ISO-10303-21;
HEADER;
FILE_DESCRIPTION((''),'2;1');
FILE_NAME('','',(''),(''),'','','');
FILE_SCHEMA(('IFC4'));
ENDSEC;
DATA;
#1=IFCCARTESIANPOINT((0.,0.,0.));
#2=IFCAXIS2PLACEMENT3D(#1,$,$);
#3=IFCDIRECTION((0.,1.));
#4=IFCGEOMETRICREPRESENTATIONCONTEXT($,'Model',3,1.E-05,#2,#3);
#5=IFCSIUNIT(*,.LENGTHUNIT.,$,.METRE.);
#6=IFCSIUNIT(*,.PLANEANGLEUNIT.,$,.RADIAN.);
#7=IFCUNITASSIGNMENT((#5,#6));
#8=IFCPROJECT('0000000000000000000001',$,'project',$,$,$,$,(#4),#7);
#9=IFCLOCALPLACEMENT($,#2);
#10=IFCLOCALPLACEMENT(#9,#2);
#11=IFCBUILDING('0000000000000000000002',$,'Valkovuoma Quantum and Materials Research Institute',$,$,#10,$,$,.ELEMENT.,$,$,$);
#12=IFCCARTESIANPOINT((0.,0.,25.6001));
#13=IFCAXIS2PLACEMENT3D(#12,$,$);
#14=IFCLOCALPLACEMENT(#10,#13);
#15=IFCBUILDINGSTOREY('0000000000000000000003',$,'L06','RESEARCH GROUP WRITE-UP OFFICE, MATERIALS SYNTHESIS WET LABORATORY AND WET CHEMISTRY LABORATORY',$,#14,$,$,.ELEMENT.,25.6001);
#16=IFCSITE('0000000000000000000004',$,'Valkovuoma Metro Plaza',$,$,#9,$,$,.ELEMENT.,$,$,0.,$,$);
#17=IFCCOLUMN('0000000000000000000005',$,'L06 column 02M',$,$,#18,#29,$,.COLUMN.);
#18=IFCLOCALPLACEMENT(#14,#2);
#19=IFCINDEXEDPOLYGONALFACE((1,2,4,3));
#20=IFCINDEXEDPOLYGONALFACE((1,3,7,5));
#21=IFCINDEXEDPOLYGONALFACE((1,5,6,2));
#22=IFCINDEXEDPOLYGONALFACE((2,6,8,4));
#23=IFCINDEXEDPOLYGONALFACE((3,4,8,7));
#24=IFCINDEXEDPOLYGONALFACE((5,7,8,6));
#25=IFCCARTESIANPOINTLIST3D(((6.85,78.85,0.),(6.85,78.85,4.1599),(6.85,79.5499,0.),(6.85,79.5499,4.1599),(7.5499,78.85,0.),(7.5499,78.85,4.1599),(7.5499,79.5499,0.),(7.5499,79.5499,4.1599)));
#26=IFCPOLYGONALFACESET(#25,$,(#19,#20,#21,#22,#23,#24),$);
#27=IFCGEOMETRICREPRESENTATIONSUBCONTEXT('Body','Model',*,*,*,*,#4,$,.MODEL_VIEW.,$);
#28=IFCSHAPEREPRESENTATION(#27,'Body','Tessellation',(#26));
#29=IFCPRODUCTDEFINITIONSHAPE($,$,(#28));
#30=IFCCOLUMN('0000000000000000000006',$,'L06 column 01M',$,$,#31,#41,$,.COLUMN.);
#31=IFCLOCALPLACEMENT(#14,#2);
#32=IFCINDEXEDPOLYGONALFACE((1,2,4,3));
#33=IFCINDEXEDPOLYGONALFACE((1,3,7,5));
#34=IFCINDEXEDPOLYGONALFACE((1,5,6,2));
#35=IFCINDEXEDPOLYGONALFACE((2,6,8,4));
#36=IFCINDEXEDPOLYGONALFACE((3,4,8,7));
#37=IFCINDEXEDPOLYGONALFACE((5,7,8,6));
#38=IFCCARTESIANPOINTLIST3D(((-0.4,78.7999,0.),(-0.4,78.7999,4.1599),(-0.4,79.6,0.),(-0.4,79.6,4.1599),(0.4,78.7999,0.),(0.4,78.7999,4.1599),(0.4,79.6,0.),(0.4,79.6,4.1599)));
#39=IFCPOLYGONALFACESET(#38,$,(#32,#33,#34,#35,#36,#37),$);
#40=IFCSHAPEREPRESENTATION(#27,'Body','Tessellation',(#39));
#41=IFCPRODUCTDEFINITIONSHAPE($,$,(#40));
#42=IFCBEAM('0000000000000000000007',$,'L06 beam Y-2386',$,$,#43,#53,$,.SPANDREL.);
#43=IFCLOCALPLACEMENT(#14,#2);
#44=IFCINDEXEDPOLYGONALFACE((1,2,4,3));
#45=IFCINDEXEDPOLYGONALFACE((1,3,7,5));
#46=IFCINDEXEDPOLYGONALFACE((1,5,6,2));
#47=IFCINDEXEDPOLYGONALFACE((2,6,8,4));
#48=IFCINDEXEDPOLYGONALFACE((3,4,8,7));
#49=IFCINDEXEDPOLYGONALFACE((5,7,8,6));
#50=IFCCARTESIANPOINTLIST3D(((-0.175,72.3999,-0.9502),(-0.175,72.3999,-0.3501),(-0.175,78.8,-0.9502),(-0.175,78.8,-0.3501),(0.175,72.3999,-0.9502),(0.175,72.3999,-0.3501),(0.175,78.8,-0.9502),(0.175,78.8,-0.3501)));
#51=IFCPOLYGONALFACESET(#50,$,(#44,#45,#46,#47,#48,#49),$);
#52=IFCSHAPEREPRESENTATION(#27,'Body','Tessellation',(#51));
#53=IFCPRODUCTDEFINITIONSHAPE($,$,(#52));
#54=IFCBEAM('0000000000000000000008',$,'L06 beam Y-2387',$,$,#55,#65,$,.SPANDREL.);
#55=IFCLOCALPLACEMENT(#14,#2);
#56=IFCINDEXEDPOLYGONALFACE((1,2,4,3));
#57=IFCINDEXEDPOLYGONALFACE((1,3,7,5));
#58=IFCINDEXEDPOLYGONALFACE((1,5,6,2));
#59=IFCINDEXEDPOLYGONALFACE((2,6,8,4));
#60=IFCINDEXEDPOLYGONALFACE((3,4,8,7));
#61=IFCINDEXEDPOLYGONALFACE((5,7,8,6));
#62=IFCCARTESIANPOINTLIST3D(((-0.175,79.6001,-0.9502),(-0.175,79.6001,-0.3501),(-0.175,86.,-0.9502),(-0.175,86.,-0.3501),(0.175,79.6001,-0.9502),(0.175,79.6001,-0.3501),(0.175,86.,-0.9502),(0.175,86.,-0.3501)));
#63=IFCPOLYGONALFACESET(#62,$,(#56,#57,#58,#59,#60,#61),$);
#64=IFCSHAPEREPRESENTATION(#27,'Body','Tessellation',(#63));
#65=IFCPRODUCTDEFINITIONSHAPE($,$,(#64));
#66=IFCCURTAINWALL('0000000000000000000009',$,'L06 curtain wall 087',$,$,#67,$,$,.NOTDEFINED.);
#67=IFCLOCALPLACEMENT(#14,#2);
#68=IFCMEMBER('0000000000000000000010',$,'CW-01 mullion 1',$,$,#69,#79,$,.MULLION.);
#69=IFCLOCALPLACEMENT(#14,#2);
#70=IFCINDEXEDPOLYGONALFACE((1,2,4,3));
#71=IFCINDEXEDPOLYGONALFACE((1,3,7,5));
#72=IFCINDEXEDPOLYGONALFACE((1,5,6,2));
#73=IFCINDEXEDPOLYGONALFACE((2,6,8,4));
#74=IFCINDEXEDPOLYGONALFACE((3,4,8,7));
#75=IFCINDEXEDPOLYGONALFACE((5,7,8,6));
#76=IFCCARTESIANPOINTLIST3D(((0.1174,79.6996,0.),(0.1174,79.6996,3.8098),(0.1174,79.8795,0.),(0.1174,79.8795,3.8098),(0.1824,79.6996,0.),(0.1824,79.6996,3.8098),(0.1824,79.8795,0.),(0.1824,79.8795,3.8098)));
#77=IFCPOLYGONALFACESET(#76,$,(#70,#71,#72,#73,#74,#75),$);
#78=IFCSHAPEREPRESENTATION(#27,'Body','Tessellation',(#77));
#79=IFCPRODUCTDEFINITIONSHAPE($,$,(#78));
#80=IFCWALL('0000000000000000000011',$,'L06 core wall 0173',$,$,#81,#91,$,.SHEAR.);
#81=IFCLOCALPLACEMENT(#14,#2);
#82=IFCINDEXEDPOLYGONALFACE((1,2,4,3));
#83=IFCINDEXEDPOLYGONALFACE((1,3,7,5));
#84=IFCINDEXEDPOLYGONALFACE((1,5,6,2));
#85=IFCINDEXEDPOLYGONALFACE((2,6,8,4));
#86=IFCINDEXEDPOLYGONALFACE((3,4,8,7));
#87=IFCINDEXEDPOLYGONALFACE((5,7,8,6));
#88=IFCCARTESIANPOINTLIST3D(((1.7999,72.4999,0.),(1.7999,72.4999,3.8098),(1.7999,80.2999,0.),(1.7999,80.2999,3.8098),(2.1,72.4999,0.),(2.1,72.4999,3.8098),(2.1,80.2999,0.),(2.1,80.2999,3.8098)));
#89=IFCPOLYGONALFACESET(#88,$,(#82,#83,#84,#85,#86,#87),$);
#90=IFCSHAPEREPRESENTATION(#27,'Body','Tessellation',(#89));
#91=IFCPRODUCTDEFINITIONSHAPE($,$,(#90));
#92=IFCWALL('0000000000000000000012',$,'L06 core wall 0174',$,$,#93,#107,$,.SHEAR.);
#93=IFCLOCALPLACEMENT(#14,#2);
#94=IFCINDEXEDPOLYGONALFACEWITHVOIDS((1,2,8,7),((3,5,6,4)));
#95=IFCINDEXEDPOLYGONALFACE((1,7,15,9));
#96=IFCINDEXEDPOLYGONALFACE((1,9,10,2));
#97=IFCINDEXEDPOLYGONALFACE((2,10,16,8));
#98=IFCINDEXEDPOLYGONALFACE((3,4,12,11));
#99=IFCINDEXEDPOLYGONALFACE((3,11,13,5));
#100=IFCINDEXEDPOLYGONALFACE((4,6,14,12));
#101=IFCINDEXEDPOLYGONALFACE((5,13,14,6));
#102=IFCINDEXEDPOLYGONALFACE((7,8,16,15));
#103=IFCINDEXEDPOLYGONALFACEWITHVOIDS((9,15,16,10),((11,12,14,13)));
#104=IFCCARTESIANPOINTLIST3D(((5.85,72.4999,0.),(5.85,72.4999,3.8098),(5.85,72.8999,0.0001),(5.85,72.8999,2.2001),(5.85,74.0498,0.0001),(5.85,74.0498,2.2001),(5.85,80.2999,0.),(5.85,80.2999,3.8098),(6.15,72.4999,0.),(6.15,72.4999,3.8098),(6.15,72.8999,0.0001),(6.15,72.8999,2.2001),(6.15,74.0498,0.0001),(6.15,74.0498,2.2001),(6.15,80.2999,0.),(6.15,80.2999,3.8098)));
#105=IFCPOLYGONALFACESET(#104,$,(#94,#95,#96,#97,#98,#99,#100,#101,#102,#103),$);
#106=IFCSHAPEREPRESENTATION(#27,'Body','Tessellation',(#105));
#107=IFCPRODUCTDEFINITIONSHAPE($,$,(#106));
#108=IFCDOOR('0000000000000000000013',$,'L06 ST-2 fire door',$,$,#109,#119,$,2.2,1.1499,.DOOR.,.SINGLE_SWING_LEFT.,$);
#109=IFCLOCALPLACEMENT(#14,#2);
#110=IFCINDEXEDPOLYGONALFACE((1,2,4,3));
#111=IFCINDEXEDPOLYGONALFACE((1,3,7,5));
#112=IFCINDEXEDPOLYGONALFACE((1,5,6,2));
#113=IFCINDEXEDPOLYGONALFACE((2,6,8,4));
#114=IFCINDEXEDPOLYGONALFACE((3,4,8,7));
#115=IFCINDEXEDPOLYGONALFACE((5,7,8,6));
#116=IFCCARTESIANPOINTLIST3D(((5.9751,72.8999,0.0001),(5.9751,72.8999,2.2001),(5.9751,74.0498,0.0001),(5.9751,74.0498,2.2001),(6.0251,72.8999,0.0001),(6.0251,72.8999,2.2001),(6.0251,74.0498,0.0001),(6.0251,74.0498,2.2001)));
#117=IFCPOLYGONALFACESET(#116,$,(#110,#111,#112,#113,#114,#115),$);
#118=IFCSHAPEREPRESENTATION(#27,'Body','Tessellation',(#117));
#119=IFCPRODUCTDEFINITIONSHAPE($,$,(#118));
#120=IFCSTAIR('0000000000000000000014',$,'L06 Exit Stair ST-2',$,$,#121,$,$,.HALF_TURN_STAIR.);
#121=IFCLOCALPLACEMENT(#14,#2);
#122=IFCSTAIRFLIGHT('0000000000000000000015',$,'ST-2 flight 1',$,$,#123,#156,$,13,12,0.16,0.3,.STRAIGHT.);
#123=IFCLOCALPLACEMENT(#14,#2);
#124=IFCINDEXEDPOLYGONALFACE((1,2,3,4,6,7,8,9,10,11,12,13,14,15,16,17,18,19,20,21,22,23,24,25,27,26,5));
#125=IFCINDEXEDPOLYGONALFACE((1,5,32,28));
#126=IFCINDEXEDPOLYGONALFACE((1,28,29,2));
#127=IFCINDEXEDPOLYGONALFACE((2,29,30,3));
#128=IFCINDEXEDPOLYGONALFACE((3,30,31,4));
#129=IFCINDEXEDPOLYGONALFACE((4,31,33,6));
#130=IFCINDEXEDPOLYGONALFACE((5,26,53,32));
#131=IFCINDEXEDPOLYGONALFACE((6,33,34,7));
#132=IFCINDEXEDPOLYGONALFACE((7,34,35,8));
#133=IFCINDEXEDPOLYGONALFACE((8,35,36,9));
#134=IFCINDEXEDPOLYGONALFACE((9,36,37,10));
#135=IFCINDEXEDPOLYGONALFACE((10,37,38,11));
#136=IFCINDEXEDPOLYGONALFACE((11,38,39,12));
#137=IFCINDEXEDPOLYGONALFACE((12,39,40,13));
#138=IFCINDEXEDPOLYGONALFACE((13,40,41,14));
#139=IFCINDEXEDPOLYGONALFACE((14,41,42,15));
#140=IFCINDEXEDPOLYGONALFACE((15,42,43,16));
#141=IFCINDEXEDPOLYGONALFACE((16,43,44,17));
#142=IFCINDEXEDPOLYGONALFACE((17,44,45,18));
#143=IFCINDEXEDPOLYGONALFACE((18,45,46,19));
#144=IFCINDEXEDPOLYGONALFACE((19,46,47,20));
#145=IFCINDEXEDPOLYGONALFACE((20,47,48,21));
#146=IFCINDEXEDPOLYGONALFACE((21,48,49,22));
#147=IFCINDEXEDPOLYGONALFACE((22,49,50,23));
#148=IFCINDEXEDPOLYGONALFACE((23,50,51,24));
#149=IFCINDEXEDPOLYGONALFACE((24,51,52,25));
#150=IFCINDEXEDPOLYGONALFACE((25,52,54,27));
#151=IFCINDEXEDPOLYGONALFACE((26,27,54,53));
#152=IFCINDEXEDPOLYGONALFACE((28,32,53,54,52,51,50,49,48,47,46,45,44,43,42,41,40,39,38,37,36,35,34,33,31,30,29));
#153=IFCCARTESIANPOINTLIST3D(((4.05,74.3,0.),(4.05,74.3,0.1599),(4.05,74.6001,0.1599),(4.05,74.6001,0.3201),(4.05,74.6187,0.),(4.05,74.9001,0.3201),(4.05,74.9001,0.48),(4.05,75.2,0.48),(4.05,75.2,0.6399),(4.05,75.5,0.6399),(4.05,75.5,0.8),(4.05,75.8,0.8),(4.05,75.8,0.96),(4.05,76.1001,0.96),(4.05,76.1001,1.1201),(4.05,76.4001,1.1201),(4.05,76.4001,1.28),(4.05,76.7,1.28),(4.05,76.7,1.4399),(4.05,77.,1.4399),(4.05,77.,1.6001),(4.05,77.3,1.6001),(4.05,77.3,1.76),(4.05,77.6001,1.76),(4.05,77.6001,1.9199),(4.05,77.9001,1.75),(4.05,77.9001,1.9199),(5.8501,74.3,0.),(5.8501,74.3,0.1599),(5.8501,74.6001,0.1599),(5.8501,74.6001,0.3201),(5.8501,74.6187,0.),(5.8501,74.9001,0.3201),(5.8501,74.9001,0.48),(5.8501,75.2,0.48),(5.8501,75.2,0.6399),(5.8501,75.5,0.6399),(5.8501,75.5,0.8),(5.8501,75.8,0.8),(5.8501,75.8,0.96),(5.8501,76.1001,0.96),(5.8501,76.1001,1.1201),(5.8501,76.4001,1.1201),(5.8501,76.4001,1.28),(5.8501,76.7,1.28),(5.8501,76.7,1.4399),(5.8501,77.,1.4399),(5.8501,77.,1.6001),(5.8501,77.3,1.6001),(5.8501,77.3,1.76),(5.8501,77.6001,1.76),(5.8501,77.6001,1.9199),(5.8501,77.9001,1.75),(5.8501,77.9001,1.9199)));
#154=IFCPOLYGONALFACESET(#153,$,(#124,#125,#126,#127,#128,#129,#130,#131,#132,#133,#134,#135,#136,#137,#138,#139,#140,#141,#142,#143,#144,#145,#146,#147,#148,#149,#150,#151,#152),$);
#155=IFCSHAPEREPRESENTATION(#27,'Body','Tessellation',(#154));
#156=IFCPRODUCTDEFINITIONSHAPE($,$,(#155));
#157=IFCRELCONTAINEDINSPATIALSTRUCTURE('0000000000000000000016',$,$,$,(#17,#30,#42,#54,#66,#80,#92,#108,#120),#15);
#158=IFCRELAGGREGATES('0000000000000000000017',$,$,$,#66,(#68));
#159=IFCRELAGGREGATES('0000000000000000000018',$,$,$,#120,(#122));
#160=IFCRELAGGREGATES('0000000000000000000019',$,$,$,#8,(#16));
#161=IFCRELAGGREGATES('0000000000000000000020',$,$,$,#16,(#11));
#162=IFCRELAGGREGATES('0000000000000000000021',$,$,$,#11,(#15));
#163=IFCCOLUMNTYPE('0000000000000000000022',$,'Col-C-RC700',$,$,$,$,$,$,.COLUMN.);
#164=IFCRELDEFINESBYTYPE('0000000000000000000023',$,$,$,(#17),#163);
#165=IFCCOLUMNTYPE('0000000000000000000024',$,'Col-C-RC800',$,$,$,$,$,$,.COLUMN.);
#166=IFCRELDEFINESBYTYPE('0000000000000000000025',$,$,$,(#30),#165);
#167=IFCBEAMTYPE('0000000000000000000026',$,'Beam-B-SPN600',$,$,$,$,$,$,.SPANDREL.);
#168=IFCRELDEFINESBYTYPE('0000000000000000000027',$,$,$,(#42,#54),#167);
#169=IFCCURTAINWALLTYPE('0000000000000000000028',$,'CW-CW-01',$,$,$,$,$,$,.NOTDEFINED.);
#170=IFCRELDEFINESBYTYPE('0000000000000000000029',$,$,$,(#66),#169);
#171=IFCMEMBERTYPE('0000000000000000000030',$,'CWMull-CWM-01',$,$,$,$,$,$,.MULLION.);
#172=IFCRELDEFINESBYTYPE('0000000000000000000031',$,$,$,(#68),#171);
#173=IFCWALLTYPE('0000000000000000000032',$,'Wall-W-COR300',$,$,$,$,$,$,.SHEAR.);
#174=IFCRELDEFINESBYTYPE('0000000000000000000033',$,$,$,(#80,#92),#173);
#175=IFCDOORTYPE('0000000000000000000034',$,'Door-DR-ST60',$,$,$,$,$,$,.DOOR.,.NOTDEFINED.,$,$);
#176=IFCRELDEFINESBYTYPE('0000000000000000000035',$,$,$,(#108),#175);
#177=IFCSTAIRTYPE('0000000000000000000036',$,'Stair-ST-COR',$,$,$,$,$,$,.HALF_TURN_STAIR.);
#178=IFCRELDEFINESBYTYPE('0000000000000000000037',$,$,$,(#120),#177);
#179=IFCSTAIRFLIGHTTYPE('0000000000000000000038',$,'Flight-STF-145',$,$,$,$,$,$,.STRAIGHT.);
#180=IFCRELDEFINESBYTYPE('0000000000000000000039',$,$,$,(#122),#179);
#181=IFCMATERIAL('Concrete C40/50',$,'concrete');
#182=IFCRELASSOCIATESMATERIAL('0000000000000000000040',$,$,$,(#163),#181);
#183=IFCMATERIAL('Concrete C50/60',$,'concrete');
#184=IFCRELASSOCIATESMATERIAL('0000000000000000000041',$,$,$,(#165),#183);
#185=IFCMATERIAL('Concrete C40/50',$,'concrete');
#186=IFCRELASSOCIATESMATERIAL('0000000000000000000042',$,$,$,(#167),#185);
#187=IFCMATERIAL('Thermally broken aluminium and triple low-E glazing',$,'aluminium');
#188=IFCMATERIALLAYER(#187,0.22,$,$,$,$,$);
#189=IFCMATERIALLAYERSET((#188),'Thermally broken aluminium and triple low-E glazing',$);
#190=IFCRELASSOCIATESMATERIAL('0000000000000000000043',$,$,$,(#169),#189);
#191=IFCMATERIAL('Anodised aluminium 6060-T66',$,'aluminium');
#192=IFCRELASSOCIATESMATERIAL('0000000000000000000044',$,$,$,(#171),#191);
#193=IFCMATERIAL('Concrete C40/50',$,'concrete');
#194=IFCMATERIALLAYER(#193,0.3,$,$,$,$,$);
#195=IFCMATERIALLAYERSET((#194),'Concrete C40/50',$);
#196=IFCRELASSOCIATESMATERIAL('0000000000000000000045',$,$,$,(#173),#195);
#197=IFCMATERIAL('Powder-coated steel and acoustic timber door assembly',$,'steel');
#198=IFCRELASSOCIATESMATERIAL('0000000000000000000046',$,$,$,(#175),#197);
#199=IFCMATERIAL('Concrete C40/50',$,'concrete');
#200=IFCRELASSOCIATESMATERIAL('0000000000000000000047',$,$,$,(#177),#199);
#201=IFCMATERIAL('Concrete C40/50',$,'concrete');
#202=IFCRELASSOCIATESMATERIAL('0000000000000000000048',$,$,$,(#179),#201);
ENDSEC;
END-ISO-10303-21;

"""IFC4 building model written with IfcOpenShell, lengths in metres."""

from ifc_helpers import new_model, si_unit, direction, frame, frame_2d, origin, origin_2d, place, context, subcontext, project, spatial, polyline, rectangle, outline, extrude, material, layer, layer_set, material_profile, profile_set, type_object, element, fill, aggregate, save


model = new_model("IFC4")

# Units and contexts
model_context = context("Model", 3, precision=1e-05, world=origin(), true_north=direction((0.0, 1.0)))
body_context = subcontext(model_context, "Body", "Model", "MODEL_VIEW")
ifc_project = project(units=[si_unit("LENGTHUNIT", "METRE"), si_unit("PLANEANGLEUNIT", "RADIAN")], contexts=[model_context])

# Site, building, storey
site_placement = place(None, origin())
site = spatial("IfcSite", under=ifc_project, at=site_placement, Name="Valkovuoma Metro Plaza", CompositionType="ELEMENT", RefElevation=0.0)
building_placement = place(site_placement, origin())
building = spatial("IfcBuilding", under=site, at=building_placement, Name="Valkovuoma Quantum and Materials Research Institute", CompositionType="ELEMENT")
storey_placement = place(building_placement, frame((0.0, 0.0, 25.6001)))
storey = spatial("IfcBuildingStorey", under=building, at=storey_placement, Name="L06", Description="RESEARCH GROUP WRITE-UP OFFICE, MATERIALS SYNTHESIS WET LABORATORY AND WET CHEMISTRY LABORATORY", CompositionType="ELEMENT", Elevation=25.6001)

# Columns
ifc_material_1 = material(Name="Concrete C40/50", Category="concrete")
ifc_material_profile_1 = material_profile(ifc_material_1, rectangle(XDim=0.7, YDim=0.7, at=origin_2d()), Name="Concrete C40/50")
ifc_profile_set_1 = profile_set([ifc_material_profile_1], Name="Concrete C40/50")
column_type_1 = type_object("IfcColumnType", Name="Col-C-RC700", PredefinedType="COLUMN", material=ifc_profile_set_1)
column_1_placement = place(storey_placement, frame((7.2, 79.2, 0.0), z_axis=(0.0, 0.0, 1.0), x_axis=(1.0, 0.0, 0.0)))
element("IfcColumn", 1, at=column_1_placement, inside=storey, type_object=column_type_1, Name="L06 column 02M", PredefinedType="COLUMN", context=body_context, shape_type="SweptSolid", body=[
    extrude(rectangle(XDim=0.7, YDim=0.7, at=origin_2d()), origin(), (0.0, 0.0, 1.0), 4.1599),
])
ifc_material_2 = material(Name="Concrete C50/60", Category="concrete")
ifc_material_profile_2 = material_profile(ifc_material_2, rectangle(XDim=0.8, YDim=0.8, at=origin_2d()), Name="Concrete C50/60")
ifc_profile_set_2 = profile_set([ifc_material_profile_2], Name="Concrete C50/60")
column_type_2 = type_object("IfcColumnType", Name="Col-C-RC800", PredefinedType="COLUMN", material=ifc_profile_set_2)
column_2_placement = place(storey_placement, frame((0.0, 79.2, 0.0), z_axis=(0.0, 0.0, 1.0), x_axis=(1.0, 0.0, 0.0)))
element("IfcColumn", 2, at=column_2_placement, inside=storey, type_object=column_type_2, Name="L06 column 01M", PredefinedType="COLUMN", context=body_context, shape_type="SweptSolid", body=[
    extrude(rectangle(XDim=0.8, YDim=0.8, at=origin_2d()), origin(), (0.0, 0.0, 1.0), 4.1599),
])

# Beams
ifc_material_3 = material(Name="Concrete C40/50", Category="concrete")
ifc_material_profile_3 = material_profile(ifc_material_3, rectangle(XDim=0.3501, YDim=0.6001, at=origin_2d()), Name="Concrete C40/50")
ifc_profile_set_3 = profile_set([ifc_material_profile_3], Name="Concrete C40/50")
beam_type = type_object("IfcBeamType", Name="Beam-B-SPN600", PredefinedType="SPANDREL", material=ifc_profile_set_3)
beam_1_placement = place(storey_placement, frame((0.0, 72.3999, -0.6501), z_axis=(0.0, 1.0, 0.0), x_axis=(-1.0, 0.0, 0.0)))
element("IfcBeam", 3, at=beam_1_placement, inside=storey, type_object=beam_type, Name="L06 beam Y-2386", PredefinedType="SPANDREL", context=body_context, shape_type="SweptSolid", body=[
    extrude(rectangle(XDim=0.3501, YDim=0.6001, at=origin_2d()), origin(), (0.0, 0.0, 1.0), 6.4001),
])
beam_2_placement = place(storey_placement, frame((0.0, 79.6001, -0.6501), z_axis=(0.0, 1.0, 0.0), x_axis=(-1.0, 0.0, 0.0)))
element("IfcBeam", 4, at=beam_2_placement, inside=storey, type_object=beam_type, Name="L06 beam Y-2387", PredefinedType="SPANDREL", context=body_context, shape_type="SweptSolid", body=[
    extrude(rectangle(XDim=0.3501, YDim=0.6001, at=origin_2d()), origin(), (0.0, 0.0, 1.0), 6.3999),
])

# Curtain wall, member
ifc_material_4 = material(Name="Thermally broken aluminium and triple low-E glazing", Category="aluminium")
ifc_layer_1 = layer(ifc_material_4, 0.22)
ifc_layer_set_1 = layer_set([ifc_layer_1], Name="Thermally broken aluminium and triple low-E glazing")
curtain_wall_type = type_object("IfcCurtainWallType", Name="CW-CW-01", PredefinedType="NOTDEFINED", material=ifc_layer_set_1)
curtain_wall_placement = place(storey_placement, origin())
curtain_wall = element("IfcCurtainWall", 5, at=curtain_wall_placement, inside=storey, type_object=curtain_wall_type, Name="L06 curtain wall 087", PredefinedType="NOTDEFINED")
ifc_material_5 = material(Name="Anodised aluminium 6060-T66", Category="aluminium")
ifc_material_profile_4 = material_profile(ifc_material_5, rectangle(XDim=0.0649, YDim=0.1799, at=origin_2d()), Name="Anodised aluminium 6060-T66")
ifc_profile_set_4 = profile_set([ifc_material_profile_4], Name="Anodised aluminium 6060-T66")
member_type = type_object("IfcMemberType", Name="CWMull-CWM-01", PredefinedType="MULLION", material=ifc_profile_set_4)
member_placement = place(storey_placement, frame((0.1499, 79.7896, 0.0), z_axis=(0.0, 0.0, 1.0), x_axis=(-1.0, 0.0, 0.0)))
member = element("IfcMember", 6, at=member_placement, type_object=member_type, Name="CW-01 mullion 1", PredefinedType="MULLION", context=body_context, shape_type="SweptSolid", body=[
    extrude(rectangle(XDim=0.0649, YDim=0.1799, at=origin_2d()), origin(), (0.0, 0.0, 1.0), 3.8098),
])
aggregate(curtain_wall, [member])

# Wall
ifc_material_6 = material(Name="Concrete C40/50", Category="concrete")
ifc_layer_2 = layer(ifc_material_6, 0.3)
ifc_layer_set_2 = layer_set([ifc_layer_2], Name="Concrete C40/50")
wall_type = type_object("IfcWallType", Name="Wall-W-COR300", PredefinedType="SHEAR", material=ifc_layer_set_2)
wall_1_placement = place(storey_placement, frame((1.95, 72.5, 0.0), z_axis=(0.0, 0.0, 1.0), x_axis=(0.0, 1.0, 0.0)))
element("IfcWall", 7, at=wall_1_placement, inside=storey, type_object=wall_type, Name="L06 core wall 0173", PredefinedType="SHEAR", context=body_context, shape_type="SweptSolid", body=[
    extrude(rectangle(XDim=7.8, YDim=0.3, at=frame_2d((3.8999, 0.0))), origin(), (0.0, 0.0, 1.0), 3.8098),
])

# Wall, opening, door
wall_2_placement = place(storey_placement, frame((6.0, 72.5, 0.0), z_axis=(0.0, 0.0, 1.0), x_axis=(0.0, 1.0, 0.0)))
wall_2 = element("IfcWall", 8, at=wall_2_placement, inside=storey, type_object=wall_type, Name="L06 core wall 0174", PredefinedType="SHEAR", context=body_context, shape_type="SweptSolid", body=[
    extrude(rectangle(XDim=7.8, YDim=0.3, at=frame_2d((3.8999, 0.0))), origin(), (0.0, 0.0, 1.0), 3.8098),
])
opening_placement = place(wall_2_placement, frame((0.3999, 0.0, 0.0)))
opening = element("IfcOpeningElement", 9, at=opening_placement, cuts=wall_2, PredefinedType="OPENING", context=body_context, shape_type="SweptSolid", body=[
    extrude(rectangle(XDim=1.1499, YDim=2.2, at=frame_2d((0.575, 1.1001))), frame((0.0, 0.1602, 0.0), z_axis=(0.0, -1.0, 0.0), x_axis=(1.0, 0.0, 0.0)), (0.0, 0.0, 1.0), 0.3201),
])
ifc_material_7 = material(Name="Powder-coated steel and acoustic timber door assembly", Category="steel")
door_type = type_object("IfcDoorType", Name="Door-DR-ST60", OperationType="NOTDEFINED", PredefinedType="DOOR", material=ifc_material_7)
door_placement = place(opening_placement, origin())
door = element("IfcDoor", 10, at=door_placement, inside=storey, type_object=door_type, Name="L06 ST-2 fire door", OperationType="SINGLE_SWING_LEFT", OverallHeight=2.2, OverallWidth=1.1499, PredefinedType="DOOR", context=body_context, shape_type="SweptSolid", body=[
    extrude(rectangle(XDim=1.1499, YDim=2.2, at=frame_2d((0.575, 1.1001))), frame((0.0, 0.0249, 0.0), z_axis=(0.0, -1.0, 0.0), x_axis=(1.0, 0.0, 0.0)), (0.0, 0.0, 1.0), 0.05),
])
fill(opening, door)

# Stair, stair flight
ifc_material_8 = material(Name="Concrete C40/50", Category="concrete")
stair_type = type_object("IfcStairType", Name="Stair-ST-COR", PredefinedType="HALF_TURN_STAIR", material=ifc_material_8)
stair_placement = place(storey_placement, origin())
stair = element("IfcStair", 11, at=stair_placement, inside=storey, type_object=stair_type, Name="L06 Exit Stair ST-2", PredefinedType="HALF_TURN_STAIR")
ifc_material_9 = material(Name="Concrete C40/50", Category="concrete")
stair_flight_type = type_object("IfcStairFlightType", Name="Flight-STF-145", PredefinedType="STRAIGHT", material=ifc_material_9)
stair_flight_1_placement = place(storey_placement, frame((4.95, 74.3, 0.0), z_axis=(0.0, 0.0, 1.0), x_axis=(0.0, 1.0, 0.0)))
stair_flight_1 = element("IfcStairFlight", 12, at=stair_flight_1_placement, type_object=stair_flight_type, Name="ST-2 flight 1", NumberOfRisers=13, NumberOfTreads=12, PredefinedType="STRAIGHT", RiserHeight=0.16, TreadLength=0.3, context=body_context, shape_type="SweptSolid", body=[
    extrude(outline(polyline([(0.0, 0.0), (0.0, 0.1599), (0.3, 0.1599), (0.3, 0.3201), (0.6001, 0.3201), (0.6001, 0.48), (0.8999, 0.48), (0.8999, 0.6399), (1.2, 0.6399), (1.2, 0.8), (1.5, 0.8), (1.5, 0.96), (1.8, 0.96), (1.8, 1.1201), (2.1001, 1.1201), (2.1001, 1.28), (2.3999, 1.28), (2.3999, 1.4399), (2.7, 1.4399), (2.7, 1.6001), (3.0, 1.6001), (3.0, 1.76), (3.3, 1.76), (3.3, 1.9199), (3.6001, 1.9199), (3.6001, 2.0801), (3.6001, 1.75), (0.3186, 0.0), (0.0, 0.0)])), frame((0.0, 0.8999, 0.0), z_axis=(0.0, -1.0, 0.0), x_axis=(1.0, 0.0, 0.0)), (0.0, 0.0, 1.0), 1.8),
])
aggregate(stair, [stair_flight_1])

save(model, "model.ifc")
